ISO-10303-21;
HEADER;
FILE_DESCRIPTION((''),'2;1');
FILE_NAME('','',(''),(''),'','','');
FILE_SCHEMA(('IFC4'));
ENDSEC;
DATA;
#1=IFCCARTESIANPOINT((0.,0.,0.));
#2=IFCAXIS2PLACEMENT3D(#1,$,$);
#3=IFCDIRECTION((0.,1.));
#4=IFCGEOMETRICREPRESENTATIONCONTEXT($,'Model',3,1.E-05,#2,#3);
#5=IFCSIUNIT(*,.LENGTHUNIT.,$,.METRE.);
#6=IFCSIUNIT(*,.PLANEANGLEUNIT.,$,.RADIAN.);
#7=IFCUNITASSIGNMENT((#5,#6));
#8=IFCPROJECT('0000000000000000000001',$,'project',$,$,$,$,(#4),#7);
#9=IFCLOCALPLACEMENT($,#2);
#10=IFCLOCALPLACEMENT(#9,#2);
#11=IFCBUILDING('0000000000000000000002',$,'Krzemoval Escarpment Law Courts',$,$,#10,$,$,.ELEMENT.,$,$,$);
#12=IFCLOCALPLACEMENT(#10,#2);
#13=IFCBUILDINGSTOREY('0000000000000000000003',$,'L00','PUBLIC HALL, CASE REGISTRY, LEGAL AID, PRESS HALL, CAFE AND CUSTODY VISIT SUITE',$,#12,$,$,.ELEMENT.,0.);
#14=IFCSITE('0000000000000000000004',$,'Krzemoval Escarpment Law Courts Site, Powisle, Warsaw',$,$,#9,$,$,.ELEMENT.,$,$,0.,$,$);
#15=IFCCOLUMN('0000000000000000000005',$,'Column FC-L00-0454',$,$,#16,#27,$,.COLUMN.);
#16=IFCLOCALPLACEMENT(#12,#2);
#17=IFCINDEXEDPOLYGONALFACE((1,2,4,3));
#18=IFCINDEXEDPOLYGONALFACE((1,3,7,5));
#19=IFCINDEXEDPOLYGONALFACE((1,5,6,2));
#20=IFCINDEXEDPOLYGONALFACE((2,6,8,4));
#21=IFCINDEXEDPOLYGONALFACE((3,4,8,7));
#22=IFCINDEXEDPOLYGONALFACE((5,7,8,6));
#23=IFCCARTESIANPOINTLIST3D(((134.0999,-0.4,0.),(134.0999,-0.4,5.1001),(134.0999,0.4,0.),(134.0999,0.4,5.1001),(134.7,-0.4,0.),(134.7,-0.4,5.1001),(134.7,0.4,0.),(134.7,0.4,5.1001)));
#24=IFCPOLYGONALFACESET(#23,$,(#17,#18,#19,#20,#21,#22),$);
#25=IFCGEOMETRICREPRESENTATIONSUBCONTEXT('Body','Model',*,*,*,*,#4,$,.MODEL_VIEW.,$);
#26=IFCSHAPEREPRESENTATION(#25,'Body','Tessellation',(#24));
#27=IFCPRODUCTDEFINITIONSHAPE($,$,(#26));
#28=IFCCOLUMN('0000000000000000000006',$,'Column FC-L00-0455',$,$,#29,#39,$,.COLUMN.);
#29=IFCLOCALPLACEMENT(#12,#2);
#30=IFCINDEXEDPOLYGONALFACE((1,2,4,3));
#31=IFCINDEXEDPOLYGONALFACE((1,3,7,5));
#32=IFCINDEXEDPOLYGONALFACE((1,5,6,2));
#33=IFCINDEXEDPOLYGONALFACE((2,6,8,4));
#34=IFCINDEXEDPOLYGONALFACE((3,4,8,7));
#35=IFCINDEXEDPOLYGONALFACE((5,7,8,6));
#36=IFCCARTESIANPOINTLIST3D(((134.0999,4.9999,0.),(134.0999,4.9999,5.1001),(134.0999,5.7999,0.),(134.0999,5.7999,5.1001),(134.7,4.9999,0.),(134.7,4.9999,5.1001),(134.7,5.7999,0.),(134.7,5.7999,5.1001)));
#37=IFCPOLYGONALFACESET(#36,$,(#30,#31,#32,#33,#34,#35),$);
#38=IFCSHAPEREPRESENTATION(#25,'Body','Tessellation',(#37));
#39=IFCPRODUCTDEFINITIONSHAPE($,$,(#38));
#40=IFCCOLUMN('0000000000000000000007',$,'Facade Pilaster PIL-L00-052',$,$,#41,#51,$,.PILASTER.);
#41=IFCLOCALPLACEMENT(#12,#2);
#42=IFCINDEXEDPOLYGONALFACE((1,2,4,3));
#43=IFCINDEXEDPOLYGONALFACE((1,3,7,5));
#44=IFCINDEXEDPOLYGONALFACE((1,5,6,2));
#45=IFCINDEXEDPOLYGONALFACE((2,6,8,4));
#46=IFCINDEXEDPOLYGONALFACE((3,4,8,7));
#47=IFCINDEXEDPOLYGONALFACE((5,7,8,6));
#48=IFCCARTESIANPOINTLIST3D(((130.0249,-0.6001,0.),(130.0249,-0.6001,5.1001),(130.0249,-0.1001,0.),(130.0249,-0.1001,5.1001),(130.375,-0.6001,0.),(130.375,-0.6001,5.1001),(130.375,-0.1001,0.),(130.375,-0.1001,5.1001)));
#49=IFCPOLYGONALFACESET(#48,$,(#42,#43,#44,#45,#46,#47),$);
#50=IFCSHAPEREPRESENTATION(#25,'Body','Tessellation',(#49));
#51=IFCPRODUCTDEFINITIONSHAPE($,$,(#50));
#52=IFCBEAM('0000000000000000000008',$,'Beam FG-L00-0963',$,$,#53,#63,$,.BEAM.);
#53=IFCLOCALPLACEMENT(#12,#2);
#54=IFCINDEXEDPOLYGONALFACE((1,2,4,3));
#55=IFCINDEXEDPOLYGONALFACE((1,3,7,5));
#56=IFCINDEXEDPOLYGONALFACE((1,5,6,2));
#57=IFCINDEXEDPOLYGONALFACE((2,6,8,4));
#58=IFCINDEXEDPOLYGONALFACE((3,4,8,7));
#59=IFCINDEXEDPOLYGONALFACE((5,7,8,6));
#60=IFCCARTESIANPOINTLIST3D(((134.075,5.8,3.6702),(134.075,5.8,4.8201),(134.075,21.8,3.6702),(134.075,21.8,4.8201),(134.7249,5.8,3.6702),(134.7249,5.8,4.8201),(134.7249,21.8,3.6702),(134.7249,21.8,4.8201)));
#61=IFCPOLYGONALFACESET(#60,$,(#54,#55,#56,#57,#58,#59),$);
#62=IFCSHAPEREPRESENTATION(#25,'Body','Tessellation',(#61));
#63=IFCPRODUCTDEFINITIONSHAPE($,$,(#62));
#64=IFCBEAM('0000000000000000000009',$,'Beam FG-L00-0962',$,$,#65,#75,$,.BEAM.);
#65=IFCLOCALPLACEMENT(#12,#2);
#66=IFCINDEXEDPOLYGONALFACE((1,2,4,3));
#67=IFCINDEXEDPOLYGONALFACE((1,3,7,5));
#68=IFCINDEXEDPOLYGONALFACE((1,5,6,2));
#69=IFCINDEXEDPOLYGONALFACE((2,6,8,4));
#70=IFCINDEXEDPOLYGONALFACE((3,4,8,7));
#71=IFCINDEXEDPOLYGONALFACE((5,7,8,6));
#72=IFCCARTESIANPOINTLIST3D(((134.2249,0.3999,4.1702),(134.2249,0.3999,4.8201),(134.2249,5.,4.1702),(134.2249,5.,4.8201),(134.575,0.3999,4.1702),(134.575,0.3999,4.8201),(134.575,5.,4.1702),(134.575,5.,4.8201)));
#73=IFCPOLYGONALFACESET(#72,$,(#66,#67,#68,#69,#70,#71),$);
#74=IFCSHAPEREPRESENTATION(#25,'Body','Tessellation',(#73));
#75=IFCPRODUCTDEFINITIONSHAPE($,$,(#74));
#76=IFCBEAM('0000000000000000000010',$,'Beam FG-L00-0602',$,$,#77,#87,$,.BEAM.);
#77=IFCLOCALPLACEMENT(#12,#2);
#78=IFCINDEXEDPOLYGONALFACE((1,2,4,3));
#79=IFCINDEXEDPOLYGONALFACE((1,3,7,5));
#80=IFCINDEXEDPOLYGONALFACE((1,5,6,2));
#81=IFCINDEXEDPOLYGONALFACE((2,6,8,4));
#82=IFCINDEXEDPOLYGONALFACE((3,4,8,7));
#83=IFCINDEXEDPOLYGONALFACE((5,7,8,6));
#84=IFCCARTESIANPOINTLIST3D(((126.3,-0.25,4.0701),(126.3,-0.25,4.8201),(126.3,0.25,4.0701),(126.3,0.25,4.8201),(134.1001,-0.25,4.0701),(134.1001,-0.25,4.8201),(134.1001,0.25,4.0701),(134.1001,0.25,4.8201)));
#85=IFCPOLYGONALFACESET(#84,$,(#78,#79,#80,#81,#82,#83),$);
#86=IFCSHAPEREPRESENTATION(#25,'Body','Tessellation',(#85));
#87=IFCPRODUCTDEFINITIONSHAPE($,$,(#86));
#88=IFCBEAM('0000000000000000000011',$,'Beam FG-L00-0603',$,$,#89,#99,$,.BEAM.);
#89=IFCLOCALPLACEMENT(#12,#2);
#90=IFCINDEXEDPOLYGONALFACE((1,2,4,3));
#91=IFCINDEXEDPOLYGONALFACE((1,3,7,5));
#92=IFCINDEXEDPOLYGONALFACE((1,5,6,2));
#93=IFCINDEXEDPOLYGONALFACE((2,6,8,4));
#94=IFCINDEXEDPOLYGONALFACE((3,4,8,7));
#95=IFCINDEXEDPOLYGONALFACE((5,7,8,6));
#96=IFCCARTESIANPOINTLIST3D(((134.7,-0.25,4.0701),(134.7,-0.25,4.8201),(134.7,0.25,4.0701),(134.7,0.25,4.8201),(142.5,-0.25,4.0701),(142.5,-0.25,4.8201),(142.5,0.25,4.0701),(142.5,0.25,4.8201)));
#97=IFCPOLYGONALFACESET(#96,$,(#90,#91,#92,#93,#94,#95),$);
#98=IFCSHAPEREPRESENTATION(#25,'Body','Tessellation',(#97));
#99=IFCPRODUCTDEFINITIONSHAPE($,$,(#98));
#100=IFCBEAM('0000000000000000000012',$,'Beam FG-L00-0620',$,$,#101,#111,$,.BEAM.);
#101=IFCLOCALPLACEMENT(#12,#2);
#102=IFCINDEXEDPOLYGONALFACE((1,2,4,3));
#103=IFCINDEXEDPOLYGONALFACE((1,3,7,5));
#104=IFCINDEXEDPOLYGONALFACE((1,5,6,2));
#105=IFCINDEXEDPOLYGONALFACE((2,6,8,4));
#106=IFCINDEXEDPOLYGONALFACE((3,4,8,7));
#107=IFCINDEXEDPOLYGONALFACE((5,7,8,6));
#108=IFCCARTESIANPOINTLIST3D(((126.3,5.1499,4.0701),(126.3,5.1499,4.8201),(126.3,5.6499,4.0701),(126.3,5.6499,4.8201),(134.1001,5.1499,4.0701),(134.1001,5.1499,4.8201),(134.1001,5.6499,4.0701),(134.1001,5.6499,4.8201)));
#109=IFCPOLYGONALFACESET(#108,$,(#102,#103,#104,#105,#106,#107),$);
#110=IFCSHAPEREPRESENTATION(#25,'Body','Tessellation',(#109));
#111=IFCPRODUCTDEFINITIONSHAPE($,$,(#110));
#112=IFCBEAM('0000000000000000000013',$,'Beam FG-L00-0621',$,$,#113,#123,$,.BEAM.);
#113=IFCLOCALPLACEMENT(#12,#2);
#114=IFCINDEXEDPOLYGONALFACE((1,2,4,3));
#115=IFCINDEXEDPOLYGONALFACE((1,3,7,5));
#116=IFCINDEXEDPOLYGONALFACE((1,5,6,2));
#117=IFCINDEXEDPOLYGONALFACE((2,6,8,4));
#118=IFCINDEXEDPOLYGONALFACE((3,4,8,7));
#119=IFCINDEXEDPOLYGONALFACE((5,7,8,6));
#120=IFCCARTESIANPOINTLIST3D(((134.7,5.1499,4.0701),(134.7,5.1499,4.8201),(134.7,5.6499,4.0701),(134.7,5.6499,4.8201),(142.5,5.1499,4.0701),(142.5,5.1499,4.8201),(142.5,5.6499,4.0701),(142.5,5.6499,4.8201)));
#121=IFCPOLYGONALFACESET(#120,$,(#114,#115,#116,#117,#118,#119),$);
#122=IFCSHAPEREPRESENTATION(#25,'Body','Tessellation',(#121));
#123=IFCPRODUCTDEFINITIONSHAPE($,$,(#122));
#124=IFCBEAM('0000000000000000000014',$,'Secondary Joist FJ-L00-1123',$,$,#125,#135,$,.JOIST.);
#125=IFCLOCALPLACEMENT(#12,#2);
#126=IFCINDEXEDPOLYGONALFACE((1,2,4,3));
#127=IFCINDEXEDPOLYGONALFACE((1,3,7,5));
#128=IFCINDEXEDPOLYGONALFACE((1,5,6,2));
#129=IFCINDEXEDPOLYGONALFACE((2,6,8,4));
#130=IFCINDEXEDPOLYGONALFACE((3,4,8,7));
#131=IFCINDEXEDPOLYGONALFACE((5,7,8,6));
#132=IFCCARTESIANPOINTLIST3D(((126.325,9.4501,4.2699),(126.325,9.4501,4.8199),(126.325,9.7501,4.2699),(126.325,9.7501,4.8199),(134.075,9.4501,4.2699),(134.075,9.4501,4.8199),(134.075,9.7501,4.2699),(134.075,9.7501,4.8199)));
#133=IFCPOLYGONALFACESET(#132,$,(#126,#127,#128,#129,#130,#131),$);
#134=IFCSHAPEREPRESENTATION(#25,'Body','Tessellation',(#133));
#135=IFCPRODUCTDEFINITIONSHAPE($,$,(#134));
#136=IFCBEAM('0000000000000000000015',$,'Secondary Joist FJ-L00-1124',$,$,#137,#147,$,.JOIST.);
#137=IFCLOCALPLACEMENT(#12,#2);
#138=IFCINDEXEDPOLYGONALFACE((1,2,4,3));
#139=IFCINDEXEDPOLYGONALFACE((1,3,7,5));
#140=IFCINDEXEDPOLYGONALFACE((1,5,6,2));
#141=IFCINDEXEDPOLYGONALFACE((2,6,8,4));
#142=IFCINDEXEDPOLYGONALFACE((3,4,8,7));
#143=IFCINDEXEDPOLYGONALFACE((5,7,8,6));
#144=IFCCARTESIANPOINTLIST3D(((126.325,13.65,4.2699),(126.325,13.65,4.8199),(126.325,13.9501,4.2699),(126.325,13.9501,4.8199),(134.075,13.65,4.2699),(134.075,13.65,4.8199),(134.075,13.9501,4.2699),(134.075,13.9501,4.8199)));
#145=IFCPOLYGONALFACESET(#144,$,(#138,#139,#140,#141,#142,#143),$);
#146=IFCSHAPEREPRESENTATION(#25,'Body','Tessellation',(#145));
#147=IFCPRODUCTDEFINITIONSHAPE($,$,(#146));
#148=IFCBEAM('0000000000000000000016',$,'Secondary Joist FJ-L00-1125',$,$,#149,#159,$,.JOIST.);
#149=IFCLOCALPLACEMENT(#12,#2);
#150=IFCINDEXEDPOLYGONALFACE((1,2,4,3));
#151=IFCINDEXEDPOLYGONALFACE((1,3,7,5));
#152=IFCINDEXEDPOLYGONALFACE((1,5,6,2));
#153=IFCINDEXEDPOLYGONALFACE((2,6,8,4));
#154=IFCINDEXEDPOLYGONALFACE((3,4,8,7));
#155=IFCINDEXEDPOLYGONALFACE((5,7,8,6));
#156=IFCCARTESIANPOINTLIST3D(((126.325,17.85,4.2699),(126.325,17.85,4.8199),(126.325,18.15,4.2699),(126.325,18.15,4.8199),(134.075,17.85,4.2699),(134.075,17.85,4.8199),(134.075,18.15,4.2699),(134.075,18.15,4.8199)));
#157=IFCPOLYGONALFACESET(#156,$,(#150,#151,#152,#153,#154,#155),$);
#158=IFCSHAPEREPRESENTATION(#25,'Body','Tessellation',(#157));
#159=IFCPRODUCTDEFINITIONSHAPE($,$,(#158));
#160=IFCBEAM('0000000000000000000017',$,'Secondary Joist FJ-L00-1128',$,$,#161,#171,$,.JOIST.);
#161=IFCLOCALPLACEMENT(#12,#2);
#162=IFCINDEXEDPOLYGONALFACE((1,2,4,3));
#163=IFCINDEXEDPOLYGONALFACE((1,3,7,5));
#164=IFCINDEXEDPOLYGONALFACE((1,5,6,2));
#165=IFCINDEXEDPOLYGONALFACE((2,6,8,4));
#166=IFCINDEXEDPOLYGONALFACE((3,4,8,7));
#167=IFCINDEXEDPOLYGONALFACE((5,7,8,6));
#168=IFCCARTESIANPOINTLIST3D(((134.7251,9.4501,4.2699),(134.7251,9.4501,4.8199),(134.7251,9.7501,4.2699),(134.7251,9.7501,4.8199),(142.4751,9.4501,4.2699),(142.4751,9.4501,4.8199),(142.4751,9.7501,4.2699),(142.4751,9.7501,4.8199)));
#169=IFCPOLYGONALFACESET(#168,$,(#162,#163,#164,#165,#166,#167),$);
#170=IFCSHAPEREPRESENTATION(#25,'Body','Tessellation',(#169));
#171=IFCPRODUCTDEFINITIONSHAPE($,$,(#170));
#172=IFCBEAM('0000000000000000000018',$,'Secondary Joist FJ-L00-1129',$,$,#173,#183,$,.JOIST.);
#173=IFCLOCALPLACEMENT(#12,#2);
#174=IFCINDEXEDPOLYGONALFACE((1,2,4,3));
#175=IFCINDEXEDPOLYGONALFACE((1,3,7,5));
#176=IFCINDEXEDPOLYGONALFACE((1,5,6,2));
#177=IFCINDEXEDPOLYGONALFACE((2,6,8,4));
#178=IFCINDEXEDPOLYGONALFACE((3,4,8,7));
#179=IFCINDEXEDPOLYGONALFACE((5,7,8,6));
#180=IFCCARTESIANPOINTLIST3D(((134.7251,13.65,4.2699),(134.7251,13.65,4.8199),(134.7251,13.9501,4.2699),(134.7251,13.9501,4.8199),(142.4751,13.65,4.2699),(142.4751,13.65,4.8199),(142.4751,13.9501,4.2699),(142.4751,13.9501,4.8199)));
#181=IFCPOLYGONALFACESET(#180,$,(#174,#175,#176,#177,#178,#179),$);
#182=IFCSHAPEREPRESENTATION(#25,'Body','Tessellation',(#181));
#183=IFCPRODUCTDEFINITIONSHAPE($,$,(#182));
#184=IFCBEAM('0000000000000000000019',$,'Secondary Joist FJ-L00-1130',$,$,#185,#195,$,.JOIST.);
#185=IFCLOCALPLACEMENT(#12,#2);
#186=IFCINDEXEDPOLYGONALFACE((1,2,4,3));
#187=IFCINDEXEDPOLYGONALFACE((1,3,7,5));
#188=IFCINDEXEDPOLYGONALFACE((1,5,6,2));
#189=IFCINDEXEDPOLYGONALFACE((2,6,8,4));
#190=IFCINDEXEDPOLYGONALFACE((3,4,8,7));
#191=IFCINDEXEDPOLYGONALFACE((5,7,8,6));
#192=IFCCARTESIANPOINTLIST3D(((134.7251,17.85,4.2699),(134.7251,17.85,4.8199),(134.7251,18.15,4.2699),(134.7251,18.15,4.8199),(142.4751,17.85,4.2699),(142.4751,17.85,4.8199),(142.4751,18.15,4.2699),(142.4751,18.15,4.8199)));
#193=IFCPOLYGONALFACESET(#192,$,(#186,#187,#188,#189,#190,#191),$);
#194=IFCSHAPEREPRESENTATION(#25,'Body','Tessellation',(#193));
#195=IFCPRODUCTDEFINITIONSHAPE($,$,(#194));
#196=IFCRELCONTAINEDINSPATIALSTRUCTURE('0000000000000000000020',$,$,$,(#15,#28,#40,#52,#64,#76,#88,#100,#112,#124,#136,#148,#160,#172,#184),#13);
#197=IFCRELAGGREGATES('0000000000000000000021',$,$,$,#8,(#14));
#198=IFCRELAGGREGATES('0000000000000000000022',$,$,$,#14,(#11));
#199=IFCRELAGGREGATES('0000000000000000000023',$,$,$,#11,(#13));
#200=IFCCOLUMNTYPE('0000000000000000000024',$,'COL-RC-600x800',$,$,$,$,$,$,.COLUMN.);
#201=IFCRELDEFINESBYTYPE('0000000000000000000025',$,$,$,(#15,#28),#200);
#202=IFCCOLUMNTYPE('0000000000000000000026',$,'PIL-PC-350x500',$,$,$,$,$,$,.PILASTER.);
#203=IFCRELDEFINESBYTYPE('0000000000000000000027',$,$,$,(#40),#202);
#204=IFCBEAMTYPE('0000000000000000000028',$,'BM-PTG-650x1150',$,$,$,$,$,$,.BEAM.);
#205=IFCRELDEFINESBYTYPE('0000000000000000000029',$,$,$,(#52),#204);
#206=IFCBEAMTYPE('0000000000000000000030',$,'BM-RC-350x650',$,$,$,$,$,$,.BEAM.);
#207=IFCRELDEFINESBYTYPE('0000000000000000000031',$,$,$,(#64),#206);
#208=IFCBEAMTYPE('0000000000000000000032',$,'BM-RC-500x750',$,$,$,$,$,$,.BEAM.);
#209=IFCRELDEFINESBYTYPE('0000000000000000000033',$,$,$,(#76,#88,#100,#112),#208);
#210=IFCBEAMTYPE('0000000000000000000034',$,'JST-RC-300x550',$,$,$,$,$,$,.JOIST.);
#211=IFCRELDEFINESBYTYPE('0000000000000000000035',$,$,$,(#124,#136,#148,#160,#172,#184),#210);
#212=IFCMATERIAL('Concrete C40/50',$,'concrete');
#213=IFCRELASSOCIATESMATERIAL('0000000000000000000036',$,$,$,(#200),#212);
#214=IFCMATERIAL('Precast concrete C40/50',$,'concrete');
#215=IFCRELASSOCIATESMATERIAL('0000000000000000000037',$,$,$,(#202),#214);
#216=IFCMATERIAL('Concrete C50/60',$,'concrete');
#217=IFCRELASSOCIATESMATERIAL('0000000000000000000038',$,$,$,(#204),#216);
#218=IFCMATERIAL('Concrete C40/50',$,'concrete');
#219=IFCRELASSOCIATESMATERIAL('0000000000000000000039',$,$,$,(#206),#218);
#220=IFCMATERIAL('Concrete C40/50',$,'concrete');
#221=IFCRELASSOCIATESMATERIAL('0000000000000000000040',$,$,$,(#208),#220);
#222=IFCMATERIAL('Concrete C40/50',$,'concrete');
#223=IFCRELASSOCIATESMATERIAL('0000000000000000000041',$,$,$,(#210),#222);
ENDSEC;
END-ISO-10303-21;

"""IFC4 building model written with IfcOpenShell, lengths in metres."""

from ifc_helpers import new_model, si_unit, direction, frame, origin, origin_2d, place, context, subcontext, project, spatial, rectangle, extrude, material, material_profile, profile_set, type_object, element, save


model = new_model("IFC4")

# Units and contexts
model_context = context("Model", 3, precision=1e-05, world=origin(), true_north=direction((0.0, 1.0)))
body_context = subcontext(model_context, "Body", "Model", "MODEL_VIEW")
ifc_project = project(units=[si_unit("LENGTHUNIT", "METRE"), si_unit("PLANEANGLEUNIT", "RADIAN")], contexts=[model_context])

# Site, building, storey
site_placement = place(None, origin())
site = spatial("IfcSite", under=ifc_project, at=site_placement, Name="Krzemoval Escarpment Law Courts Site, Powisle, Warsaw", CompositionType="ELEMENT", RefElevation=0.0)
building_placement = place(site_placement, origin())
building = spatial("IfcBuilding", under=site, at=building_placement, Name="Krzemoval Escarpment Law Courts", CompositionType="ELEMENT")
storey_placement = place(building_placement, origin())
storey = spatial("IfcBuildingStorey", under=building, at=storey_placement, Name="L00", Description="PUBLIC HALL, CASE REGISTRY, LEGAL AID, PRESS HALL, CAFE AND CUSTODY VISIT SUITE", CompositionType="ELEMENT", Elevation=0.0)

# Columns
ifc_material_1 = material(Name="Concrete C40/50", Category="concrete")
ifc_material_profile_1 = material_profile(ifc_material_1, rectangle(XDim=0.6001, YDim=0.8, at=origin_2d()), Name="RC 600x800")
ifc_profile_set_1 = profile_set([ifc_material_profile_1], Name="Concrete C40/50")
column_type_1 = type_object("IfcColumnType", Name="COL-RC-600x800", PredefinedType="COLUMN", material=ifc_profile_set_1)
for number, where, z_axis, x_axis, name in (
    (1, (134.3999, 0.0, 0.0), (0.0, 0.0, 1.0), (1.0, 0.0, 0.0), "Column FC-L00-0454"),
    (2, (134.3999, 5.3999, 0.0), (0.0, 0.0, 1.0), (1.0, 0.0, 0.0), "Column FC-L00-0455"),
):
    element("IfcColumn", number, at=place(storey_placement, frame(where, z_axis=z_axis, x_axis=x_axis)), inside=storey, type_object=column_type_1, Name=name, PredefinedType="COLUMN", context=body_context, shape_type="SweptSolid", body=[
        extrude(rectangle(XDim=0.6001, YDim=0.8, at=origin_2d()), origin(), (0.0, 0.0, 1.0), 5.1001),
    ])
ifc_material_2 = material(Name="Precast concrete C40/50", Category="concrete")
ifc_material_profile_2 = material_profile(ifc_material_2, rectangle(XDim=0.3501, YDim=0.5, at=origin_2d()), Name="PIL 350x500")
ifc_profile_set_2 = profile_set([ifc_material_profile_2], Name="Precast concrete C40/50")
column_type_2 = type_object("IfcColumnType", Name="PIL-PC-350x500", PredefinedType="PILASTER", material=ifc_profile_set_2)
column_placement = place(storey_placement, frame((130.2, -0.3501, 0.0), z_axis=(0.0, 0.0, 1.0), x_axis=(1.0, 0.0, 0.0)))
element("IfcColumn", 3, at=column_placement, inside=storey, type_object=column_type_2, Name="Facade Pilaster PIL-L00-052", PredefinedType="PILASTER", context=body_context, shape_type="SweptSolid", body=[
    extrude(rectangle(XDim=0.3501, YDim=0.5, at=origin_2d()), origin(), (0.0, 0.0, 1.0), 5.1001),
])

# Beams
ifc_material_3 = material(Name="Concrete C50/60", Category="concrete")
ifc_material_profile_3 = material_profile(ifc_material_3, rectangle(XDim=0.6499, YDim=1.1499, at=origin_2d()), Name="PTG 650x1150")
ifc_profile_set_3 = profile_set([ifc_material_profile_3], Name="Concrete C50/60")
beam_type_1 = type_object("IfcBeamType", Name="BM-PTG-650x1150", PredefinedType="BEAM", material=ifc_profile_set_3)
beam_1_placement = place(storey_placement, frame((134.3999, 5.8, 4.2451), z_axis=(0.0, 1.0, 0.0), x_axis=(-1.0, 0.0, 0.0)))
element("IfcBeam", 4, at=beam_1_placement, inside=storey, type_object=beam_type_1, Name="Beam FG-L00-0963", PredefinedType="BEAM", context=body_context, shape_type="SweptSolid", body=[
    extrude(rectangle(XDim=0.6499, YDim=1.1499, at=origin_2d()), origin(), (0.0, 0.0, 1.0), 16.0),
])
ifc_material_4 = material(Name="Concrete C40/50", Category="concrete")
ifc_material_profile_4 = material_profile(ifc_material_4, rectangle(XDim=0.3501, YDim=0.6499, at=origin_2d()), Name="RCB 350x650")
ifc_profile_set_4 = profile_set([ifc_material_profile_4], Name="Concrete C40/50")
beam_type_2 = type_object("IfcBeamType", Name="BM-RC-350x650", PredefinedType="BEAM", material=ifc_profile_set_4)
beam_2_placement = place(storey_placement, frame((134.3999, 0.3999, 4.4951), z_axis=(0.0, 1.0, 0.0), x_axis=(-1.0, 0.0, 0.0)))
element("IfcBeam", 5, at=beam_2_placement, inside=storey, type_object=beam_type_2, Name="Beam FG-L00-0962", PredefinedType="BEAM", context=body_context, shape_type="SweptSolid", body=[
    extrude(rectangle(XDim=0.3501, YDim=0.6499, at=origin_2d()), origin(), (0.0, 0.0, 1.0), 4.6001),
])
ifc_material_5 = material(Name="Concrete C40/50", Category="concrete")
ifc_material_profile_5 = material_profile(ifc_material_5, rectangle(XDim=0.5, YDim=0.75, at=origin_2d()), Name="RCB 500x750")
ifc_profile_set_5 = profile_set([ifc_material_profile_5], Name="Concrete C40/50")
beam_type_3 = type_object("IfcBeamType", Name="BM-RC-500x750", PredefinedType="BEAM", material=ifc_profile_set_5)
for number, where, z_axis, x_axis, name in (
    (6, (126.3, 0.0, 4.4451), (1.0, 0.0, 0.0), (0.0, 1.0, 0.0), "Beam FG-L00-0602"),
    (7, (134.7, 0.0, 4.4451), (1.0, 0.0, 0.0), (0.0, 1.0, 0.0), "Beam FG-L00-0603"),
    (8, (126.3, 5.3999, 4.4451), (1.0, 0.0, 0.0), (0.0, 1.0, 0.0), "Beam FG-L00-0620"),
    (9, (134.7, 5.3999, 4.4451), (1.0, 0.0, 0.0), (0.0, 1.0, 0.0), "Beam FG-L00-0621"),
):
    element("IfcBeam", number, at=place(storey_placement, frame(where, z_axis=z_axis, x_axis=x_axis)), inside=storey, type_object=beam_type_3, Name=name, PredefinedType="BEAM", context=body_context, shape_type="SweptSolid", body=[
        extrude(rectangle(XDim=0.5, YDim=0.75, at=origin_2d()), origin(), (0.0, 0.0, 1.0), 7.8),
    ])
ifc_material_6 = material(Name="Concrete C40/50", Category="concrete")
ifc_material_profile_6 = material_profile(ifc_material_6, rectangle(XDim=0.3, YDim=0.55, at=origin_2d()), Name="RCB 300x550")
ifc_profile_set_6 = profile_set([ifc_material_profile_6], Name="Concrete C40/50")
beam_type_4 = type_object("IfcBeamType", Name="JST-RC-300x550", PredefinedType="JOIST", material=ifc_profile_set_6)
for number, where, z_axis, x_axis, name in (
    (10, (126.325, 9.6001, 4.5449), (1.0, 0.0, 0.0), (0.0, 1.0, 0.0), "Secondary Joist FJ-L00-1123"),
    (11, (126.325, 13.8, 4.5449), (1.0, 0.0, 0.0), (0.0, 1.0, 0.0), "Secondary Joist FJ-L00-1124"),
    (12, (126.325, 18.0, 4.5449), (1.0, 0.0, 0.0), (0.0, 1.0, 0.0), "Secondary Joist FJ-L00-1125"),
    (13, (134.7251, 9.6001, 4.5449), (1.0, 0.0, 0.0), (0.0, 1.0, 0.0), "Secondary Joist FJ-L00-1128"),
    (14, (134.7251, 13.8, 4.5449), (1.0, 0.0, 0.0), (0.0, 1.0, 0.0), "Secondary Joist FJ-L00-1129"),
    (15, (134.7251, 18.0, 4.5449), (1.0, 0.0, 0.0), (0.0, 1.0, 0.0), "Secondary Joist FJ-L00-1130"),
):
    element("IfcBeam", number, at=place(storey_placement, frame(where, z_axis=z_axis, x_axis=x_axis)), inside=storey, type_object=beam_type_4, Name=name, PredefinedType="JOIST", context=body_context, shape_type="SweptSolid", body=[
        extrude(rectangle(XDim=0.3, YDim=0.55, at=origin_2d()), origin(), (0.0, 0.0, 1.0), 7.75),
    ])

save(model, "model.ifc")
